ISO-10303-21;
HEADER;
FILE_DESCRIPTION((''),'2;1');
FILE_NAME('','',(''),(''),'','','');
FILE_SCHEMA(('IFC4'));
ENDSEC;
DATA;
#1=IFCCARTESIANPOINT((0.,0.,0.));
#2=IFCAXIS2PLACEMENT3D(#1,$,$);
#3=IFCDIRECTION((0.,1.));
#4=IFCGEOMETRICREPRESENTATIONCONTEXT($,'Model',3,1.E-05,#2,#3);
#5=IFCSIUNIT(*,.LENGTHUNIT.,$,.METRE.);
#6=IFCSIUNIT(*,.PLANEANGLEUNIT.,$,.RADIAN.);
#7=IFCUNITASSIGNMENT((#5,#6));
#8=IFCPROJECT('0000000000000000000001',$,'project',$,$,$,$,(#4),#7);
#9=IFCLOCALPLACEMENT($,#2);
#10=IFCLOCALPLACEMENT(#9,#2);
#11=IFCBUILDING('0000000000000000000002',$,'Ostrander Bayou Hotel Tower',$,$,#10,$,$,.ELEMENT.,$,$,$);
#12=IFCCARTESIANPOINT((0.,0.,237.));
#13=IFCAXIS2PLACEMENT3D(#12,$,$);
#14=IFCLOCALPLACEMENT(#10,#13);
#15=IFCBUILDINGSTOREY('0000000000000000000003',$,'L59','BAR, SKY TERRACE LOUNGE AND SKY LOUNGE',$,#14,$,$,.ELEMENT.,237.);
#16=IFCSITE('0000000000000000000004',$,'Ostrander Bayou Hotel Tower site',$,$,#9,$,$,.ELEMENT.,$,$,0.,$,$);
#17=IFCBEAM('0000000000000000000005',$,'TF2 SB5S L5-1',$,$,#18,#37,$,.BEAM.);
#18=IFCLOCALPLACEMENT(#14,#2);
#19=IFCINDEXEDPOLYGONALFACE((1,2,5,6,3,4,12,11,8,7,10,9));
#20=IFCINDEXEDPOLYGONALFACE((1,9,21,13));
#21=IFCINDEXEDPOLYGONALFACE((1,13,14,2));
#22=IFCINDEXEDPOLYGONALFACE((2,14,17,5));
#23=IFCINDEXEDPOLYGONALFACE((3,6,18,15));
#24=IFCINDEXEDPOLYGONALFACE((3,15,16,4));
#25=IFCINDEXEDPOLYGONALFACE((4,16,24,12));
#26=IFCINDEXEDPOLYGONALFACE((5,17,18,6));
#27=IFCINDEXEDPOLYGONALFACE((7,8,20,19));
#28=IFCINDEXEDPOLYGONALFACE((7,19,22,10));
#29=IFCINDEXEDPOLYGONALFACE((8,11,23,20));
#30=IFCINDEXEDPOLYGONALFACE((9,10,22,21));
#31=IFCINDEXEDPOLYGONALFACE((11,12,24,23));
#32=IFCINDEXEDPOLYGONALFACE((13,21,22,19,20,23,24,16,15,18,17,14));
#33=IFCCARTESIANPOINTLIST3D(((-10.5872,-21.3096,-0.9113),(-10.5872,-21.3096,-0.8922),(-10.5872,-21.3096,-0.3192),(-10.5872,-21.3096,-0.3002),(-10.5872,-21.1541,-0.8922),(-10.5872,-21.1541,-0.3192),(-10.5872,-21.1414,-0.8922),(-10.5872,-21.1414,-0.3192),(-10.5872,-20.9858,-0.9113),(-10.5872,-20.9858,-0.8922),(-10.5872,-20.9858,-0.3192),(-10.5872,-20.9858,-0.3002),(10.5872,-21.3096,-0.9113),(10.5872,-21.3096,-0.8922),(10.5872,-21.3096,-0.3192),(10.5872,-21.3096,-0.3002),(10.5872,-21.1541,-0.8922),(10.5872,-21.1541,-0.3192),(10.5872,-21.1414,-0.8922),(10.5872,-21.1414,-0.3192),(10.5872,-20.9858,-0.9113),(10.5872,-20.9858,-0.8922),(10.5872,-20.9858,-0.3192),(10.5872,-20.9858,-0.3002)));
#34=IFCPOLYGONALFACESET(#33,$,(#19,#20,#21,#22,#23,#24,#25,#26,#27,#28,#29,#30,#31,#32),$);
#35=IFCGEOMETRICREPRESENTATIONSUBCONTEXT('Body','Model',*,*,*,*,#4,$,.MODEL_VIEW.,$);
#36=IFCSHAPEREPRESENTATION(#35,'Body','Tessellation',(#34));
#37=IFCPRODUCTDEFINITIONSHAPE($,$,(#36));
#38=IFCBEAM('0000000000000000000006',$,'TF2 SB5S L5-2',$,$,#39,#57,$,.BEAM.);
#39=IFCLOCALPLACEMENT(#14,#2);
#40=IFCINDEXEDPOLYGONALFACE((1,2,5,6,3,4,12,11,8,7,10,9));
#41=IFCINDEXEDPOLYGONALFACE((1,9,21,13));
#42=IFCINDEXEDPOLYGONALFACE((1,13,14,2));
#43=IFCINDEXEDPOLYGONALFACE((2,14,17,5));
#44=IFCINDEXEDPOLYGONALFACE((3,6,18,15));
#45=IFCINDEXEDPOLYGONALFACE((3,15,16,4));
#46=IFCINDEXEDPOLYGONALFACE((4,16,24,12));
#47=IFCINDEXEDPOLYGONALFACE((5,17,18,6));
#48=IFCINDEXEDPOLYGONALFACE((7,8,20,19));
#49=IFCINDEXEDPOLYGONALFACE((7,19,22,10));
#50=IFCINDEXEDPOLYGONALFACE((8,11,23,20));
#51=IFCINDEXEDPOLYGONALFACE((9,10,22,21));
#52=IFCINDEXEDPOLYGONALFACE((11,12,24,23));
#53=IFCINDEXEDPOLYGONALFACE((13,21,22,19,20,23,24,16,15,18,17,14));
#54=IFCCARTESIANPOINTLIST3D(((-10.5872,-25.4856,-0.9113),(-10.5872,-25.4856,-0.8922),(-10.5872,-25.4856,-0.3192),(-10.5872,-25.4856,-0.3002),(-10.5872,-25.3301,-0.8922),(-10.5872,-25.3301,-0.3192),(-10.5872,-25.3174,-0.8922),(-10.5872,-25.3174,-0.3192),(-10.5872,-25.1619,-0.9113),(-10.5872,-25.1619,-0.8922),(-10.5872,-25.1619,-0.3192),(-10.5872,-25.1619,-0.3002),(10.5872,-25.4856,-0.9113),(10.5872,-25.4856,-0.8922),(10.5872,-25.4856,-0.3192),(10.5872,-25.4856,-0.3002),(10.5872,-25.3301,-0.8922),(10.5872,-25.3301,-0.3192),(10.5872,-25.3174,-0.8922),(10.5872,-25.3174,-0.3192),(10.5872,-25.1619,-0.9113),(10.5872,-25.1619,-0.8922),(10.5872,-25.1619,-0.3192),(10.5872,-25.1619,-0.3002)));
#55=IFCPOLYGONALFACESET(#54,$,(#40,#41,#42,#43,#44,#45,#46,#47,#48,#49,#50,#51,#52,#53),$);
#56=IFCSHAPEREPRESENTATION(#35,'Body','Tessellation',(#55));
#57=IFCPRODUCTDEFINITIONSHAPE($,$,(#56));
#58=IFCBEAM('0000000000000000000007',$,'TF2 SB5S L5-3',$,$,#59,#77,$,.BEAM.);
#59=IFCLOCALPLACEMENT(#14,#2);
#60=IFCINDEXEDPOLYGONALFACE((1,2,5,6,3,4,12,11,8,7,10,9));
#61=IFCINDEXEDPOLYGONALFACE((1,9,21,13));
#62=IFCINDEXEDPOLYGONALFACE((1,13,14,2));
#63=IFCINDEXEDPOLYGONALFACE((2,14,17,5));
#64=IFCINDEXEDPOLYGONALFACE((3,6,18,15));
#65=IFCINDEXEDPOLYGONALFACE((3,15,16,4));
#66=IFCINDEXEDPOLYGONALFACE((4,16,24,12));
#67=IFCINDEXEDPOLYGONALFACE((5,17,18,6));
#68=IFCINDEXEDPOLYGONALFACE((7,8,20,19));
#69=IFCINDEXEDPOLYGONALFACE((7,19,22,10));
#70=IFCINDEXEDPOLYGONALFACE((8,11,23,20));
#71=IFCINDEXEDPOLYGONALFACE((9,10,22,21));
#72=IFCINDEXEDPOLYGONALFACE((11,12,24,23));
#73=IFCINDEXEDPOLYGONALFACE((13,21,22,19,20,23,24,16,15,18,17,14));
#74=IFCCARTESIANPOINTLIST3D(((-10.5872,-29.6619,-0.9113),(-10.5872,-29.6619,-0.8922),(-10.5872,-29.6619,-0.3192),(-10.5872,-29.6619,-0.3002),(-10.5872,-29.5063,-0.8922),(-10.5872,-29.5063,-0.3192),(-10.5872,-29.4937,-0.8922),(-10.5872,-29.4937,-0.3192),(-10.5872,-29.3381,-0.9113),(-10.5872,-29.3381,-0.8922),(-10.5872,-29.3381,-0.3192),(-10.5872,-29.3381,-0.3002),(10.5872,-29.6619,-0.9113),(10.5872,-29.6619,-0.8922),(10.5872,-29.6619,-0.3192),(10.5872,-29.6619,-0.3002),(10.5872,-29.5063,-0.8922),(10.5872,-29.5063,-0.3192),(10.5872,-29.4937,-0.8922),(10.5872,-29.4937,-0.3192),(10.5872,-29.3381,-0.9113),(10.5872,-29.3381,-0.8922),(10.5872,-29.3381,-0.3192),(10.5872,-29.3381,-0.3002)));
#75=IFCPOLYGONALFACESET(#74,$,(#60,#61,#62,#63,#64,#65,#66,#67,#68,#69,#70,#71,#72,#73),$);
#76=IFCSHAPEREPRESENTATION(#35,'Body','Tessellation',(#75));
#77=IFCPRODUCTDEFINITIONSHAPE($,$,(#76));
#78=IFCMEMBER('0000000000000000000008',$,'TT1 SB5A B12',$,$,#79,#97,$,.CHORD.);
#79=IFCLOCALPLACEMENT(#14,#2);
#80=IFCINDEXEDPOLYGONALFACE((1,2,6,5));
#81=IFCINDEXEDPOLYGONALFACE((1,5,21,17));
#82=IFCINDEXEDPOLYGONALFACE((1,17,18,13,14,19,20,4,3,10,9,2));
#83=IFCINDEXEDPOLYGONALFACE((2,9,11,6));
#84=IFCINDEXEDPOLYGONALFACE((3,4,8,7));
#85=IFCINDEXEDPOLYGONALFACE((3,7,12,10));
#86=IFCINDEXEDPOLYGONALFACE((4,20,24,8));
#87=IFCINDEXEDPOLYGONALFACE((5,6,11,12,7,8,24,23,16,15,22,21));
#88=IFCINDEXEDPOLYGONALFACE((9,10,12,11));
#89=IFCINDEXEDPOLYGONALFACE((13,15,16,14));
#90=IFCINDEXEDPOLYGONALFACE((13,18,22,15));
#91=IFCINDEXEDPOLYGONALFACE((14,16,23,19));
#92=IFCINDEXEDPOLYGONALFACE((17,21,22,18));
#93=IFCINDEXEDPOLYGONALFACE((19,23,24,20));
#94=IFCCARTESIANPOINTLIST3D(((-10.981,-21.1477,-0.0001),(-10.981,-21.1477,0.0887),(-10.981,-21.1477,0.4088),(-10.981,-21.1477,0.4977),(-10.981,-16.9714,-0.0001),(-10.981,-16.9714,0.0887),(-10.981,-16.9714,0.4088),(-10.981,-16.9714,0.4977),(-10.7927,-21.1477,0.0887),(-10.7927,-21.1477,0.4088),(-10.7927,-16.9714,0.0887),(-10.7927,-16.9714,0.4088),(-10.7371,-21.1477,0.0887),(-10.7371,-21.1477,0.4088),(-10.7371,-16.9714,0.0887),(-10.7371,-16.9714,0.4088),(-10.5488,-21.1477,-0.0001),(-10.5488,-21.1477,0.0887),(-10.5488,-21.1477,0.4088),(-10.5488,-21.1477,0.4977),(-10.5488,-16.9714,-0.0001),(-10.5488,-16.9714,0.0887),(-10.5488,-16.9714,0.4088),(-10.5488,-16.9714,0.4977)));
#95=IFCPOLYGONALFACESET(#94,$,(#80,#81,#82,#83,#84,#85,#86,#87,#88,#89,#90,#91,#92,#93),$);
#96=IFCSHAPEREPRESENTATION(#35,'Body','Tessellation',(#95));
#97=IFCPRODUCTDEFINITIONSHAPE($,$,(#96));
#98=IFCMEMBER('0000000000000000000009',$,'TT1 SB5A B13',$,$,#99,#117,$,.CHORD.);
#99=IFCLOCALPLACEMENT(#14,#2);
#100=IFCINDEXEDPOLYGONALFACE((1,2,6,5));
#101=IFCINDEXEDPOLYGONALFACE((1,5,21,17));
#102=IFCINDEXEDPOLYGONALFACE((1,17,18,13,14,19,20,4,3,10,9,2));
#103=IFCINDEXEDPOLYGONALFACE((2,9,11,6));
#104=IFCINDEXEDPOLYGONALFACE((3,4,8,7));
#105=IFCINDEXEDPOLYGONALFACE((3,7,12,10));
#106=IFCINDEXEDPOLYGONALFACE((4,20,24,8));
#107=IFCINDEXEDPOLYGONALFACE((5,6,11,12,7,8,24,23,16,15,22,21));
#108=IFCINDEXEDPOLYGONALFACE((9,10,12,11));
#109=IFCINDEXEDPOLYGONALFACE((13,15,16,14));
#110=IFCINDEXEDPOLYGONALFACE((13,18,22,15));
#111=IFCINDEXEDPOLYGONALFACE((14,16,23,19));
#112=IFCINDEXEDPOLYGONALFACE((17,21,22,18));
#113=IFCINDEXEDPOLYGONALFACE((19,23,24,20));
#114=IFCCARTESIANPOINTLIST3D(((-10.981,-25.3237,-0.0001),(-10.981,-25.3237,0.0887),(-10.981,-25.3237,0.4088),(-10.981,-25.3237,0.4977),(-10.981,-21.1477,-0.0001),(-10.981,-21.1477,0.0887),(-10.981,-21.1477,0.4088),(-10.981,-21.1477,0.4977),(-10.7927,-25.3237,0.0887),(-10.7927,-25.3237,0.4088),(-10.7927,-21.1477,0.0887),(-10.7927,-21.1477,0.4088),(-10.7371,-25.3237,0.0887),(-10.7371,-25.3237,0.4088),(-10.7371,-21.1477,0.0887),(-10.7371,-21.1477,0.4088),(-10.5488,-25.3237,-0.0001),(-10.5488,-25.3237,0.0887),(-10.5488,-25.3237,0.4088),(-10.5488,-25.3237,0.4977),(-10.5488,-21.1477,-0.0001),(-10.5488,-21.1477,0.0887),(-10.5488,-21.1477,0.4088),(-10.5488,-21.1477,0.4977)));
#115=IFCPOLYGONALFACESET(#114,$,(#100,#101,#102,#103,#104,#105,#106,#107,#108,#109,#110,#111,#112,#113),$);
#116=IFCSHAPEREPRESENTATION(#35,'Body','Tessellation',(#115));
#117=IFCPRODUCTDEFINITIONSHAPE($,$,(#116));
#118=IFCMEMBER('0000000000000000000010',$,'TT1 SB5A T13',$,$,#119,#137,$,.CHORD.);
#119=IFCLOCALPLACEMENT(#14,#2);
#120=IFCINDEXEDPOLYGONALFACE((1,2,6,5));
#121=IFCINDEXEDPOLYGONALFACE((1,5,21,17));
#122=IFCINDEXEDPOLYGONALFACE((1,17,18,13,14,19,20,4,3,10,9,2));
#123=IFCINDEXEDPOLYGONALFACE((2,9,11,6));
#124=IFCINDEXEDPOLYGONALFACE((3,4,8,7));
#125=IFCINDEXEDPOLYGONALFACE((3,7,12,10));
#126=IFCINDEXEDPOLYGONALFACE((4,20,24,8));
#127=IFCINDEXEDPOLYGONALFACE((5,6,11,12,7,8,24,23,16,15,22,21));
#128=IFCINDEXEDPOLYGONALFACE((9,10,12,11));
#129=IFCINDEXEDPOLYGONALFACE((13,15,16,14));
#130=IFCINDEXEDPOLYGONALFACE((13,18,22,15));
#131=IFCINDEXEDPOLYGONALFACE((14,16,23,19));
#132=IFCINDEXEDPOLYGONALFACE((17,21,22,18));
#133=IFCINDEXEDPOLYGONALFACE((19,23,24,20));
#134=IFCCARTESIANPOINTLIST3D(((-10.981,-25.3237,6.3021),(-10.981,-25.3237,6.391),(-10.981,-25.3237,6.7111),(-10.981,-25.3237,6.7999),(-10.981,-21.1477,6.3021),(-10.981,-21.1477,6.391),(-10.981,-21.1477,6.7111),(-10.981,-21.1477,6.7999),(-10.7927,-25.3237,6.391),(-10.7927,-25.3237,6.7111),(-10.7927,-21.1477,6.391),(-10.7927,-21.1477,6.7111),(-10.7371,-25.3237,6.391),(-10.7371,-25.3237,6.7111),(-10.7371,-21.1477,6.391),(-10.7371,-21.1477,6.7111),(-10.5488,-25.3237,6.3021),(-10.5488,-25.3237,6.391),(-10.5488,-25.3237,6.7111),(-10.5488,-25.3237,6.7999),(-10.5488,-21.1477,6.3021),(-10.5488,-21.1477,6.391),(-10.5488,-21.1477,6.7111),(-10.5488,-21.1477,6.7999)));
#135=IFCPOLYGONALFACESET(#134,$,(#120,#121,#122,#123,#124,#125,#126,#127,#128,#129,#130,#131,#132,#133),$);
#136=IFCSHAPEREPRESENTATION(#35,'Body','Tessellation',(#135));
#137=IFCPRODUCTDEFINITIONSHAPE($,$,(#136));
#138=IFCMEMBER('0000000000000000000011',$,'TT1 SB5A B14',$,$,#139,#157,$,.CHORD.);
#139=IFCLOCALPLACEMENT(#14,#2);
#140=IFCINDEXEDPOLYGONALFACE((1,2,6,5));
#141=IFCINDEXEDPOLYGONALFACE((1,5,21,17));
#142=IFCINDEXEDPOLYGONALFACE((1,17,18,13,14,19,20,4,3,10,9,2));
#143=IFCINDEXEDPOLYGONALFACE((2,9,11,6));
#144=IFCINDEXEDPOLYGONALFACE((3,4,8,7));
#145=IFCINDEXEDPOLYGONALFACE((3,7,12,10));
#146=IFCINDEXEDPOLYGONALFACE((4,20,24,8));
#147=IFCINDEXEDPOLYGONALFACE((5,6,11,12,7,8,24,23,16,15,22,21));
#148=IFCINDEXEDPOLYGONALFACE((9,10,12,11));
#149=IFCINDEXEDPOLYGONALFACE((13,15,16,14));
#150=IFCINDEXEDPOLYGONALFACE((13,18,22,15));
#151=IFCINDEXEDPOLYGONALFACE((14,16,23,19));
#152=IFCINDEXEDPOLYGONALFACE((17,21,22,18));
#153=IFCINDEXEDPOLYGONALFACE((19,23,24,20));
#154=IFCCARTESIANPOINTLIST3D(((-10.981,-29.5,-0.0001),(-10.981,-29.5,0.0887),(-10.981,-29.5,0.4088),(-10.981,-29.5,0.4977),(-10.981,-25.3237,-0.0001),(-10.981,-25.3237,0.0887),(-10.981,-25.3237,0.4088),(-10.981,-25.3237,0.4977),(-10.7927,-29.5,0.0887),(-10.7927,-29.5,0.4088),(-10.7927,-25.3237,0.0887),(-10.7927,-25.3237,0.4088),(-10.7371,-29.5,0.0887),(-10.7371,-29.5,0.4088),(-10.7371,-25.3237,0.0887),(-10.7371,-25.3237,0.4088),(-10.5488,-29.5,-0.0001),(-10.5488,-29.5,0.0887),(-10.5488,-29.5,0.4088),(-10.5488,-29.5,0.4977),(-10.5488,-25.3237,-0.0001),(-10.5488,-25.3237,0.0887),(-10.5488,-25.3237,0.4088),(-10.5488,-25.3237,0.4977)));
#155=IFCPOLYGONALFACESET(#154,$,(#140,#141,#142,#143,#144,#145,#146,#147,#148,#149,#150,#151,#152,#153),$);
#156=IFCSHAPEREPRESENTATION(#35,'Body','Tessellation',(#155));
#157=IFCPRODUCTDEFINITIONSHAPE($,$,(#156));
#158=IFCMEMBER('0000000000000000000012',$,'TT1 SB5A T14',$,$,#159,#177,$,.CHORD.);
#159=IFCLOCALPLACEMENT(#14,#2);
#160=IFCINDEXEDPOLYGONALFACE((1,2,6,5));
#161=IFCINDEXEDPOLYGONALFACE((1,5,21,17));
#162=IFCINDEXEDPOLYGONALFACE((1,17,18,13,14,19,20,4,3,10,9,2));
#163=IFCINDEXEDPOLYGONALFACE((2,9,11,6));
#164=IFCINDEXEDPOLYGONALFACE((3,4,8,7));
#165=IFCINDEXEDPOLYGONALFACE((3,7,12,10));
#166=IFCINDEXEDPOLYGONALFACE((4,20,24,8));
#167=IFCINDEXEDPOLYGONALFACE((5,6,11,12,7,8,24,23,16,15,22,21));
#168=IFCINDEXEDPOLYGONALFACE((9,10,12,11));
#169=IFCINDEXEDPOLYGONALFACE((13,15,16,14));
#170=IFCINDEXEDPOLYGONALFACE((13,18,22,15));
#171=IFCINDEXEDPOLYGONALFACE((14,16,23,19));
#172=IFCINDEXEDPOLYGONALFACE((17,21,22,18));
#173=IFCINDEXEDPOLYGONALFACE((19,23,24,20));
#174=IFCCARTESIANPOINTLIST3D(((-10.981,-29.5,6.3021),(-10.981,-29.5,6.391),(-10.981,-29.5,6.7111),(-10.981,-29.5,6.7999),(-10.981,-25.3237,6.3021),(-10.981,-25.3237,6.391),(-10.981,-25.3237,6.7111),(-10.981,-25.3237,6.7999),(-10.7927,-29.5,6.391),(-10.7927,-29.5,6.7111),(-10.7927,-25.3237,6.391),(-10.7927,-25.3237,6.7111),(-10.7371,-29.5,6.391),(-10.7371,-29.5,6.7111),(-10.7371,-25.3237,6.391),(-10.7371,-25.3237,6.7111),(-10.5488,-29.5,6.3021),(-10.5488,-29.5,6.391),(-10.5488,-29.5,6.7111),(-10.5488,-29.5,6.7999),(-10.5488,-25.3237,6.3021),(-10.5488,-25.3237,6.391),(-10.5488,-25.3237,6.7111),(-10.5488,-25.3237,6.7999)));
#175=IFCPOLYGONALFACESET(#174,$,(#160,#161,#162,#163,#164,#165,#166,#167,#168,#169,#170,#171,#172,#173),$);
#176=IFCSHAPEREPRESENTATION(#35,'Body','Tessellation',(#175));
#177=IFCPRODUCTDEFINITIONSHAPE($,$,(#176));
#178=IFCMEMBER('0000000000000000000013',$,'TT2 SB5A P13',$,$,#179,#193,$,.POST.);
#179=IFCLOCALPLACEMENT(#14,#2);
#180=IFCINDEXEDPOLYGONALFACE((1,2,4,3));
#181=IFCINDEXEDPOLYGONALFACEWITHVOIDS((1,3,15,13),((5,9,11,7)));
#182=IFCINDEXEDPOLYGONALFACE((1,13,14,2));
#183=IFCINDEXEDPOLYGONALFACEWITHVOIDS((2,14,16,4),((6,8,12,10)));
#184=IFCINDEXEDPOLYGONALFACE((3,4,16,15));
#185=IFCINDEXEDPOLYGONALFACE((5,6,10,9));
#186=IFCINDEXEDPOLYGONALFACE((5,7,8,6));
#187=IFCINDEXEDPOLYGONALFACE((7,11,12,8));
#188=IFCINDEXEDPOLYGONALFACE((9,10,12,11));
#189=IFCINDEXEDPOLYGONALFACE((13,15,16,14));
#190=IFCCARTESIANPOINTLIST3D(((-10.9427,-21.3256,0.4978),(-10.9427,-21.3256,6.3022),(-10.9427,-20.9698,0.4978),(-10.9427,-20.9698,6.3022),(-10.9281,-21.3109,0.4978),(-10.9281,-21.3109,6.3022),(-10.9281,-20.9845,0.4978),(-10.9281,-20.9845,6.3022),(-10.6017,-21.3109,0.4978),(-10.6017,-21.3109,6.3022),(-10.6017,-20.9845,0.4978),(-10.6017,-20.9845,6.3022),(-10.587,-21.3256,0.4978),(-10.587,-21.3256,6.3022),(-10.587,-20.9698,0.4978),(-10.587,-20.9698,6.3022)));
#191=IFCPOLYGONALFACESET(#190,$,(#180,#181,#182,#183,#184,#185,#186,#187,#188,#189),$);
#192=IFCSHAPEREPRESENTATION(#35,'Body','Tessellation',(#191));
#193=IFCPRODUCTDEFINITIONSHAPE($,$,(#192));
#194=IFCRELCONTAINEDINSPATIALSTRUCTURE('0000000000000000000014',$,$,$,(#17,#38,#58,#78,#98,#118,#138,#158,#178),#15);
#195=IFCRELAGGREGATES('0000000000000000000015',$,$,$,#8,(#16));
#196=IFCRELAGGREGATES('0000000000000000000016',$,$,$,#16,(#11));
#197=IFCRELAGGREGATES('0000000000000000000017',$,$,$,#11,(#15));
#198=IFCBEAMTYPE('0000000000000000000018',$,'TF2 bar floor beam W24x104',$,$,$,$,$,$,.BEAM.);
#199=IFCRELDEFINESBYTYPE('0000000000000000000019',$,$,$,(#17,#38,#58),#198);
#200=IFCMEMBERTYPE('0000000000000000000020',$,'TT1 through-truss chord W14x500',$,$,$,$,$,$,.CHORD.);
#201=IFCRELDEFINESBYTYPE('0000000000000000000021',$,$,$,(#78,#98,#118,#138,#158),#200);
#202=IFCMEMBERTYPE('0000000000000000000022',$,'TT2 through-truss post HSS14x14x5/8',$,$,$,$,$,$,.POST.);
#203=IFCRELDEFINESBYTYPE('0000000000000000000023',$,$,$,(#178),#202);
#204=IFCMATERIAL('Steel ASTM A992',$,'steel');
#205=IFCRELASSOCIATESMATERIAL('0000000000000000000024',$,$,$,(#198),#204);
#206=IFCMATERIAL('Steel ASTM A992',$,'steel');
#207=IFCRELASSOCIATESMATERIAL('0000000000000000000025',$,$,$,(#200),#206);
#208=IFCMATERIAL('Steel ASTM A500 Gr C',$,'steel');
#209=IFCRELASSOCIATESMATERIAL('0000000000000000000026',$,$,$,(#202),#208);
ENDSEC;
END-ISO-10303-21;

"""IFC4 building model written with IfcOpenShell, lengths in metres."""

from ifc_helpers import new_model, si_unit, direction, frame, origin, origin_2d, place, context, subcontext, project, spatial, hollow_rectangle, i_section, extrude, material, material_profile, profile_set, type_object, element, save


model = new_model("IFC4")

# Units and contexts
model_context = context("Model", 3, precision=1e-05, world=origin(), true_north=direction((0.0, 1.0)))
body_context = subcontext(model_context, "Body", "Model", "MODEL_VIEW")
ifc_project = project(units=[si_unit("LENGTHUNIT", "METRE"), si_unit("PLANEANGLEUNIT", "RADIAN")], contexts=[model_context])

# Site, building, storey
site_placement = place(None, origin())
site = spatial("IfcSite", under=ifc_project, at=site_placement, Name="Ostrander Bayou Hotel Tower site", CompositionType="ELEMENT", RefElevation=0.0)
building_placement = place(site_placement, origin())
building = spatial("IfcBuilding", under=site, at=building_placement, Name="Ostrander Bayou Hotel Tower", CompositionType="ELEMENT")
storey_placement = place(building_placement, frame((0.0, 0.0, 237.0)))
storey = spatial("IfcBuildingStorey", under=building, at=storey_placement, Name="L59", Description="BAR, SKY TERRACE LOUNGE AND SKY LOUNGE", CompositionType="ELEMENT", Elevation=237.0)

# Beams
ifc_material_1 = material(Name="Steel ASTM A992", Category="steel")
ifc_material_profile_1 = material_profile(ifc_material_1, i_section(OverallWidth=0.3237, OverallDepth=0.6111, WebThickness=0.0127, FlangeThickness=0.019, at=origin_2d()))
ifc_profile_set_1 = profile_set([ifc_material_profile_1], Name="Steel ASTM A992")
beam_type = type_object("IfcBeamType", Name="TF2 bar floor beam W24x104", PredefinedType="BEAM", material=ifc_profile_set_1)
for number, where, z_axis, x_axis, name in (
    (1, (-10.5872, -21.1477, -0.6057), (1.0, 0.0, 0.0), (0.0, 1.0, 0.0), "TF2 SB5S L5-1"),
    (2, (-10.5872, -25.3237, -0.6057), (1.0, 0.0, 0.0), (0.0, 1.0, 0.0), "TF2 SB5S L5-2"),
    (3, (-10.5872, -29.5, -0.6057), (1.0, 0.0, 0.0), (0.0, 1.0, 0.0), "TF2 SB5S L5-3"),
):
    element("IfcBeam", number, at=place(storey_placement, frame(where, z_axis=z_axis, x_axis=x_axis)), inside=storey, type_object=beam_type, Name=name, PredefinedType="BEAM", context=body_context, shape_type="SweptSolid", body=[
        extrude(i_section(OverallWidth=0.3237, OverallDepth=0.6111, WebThickness=0.0127, FlangeThickness=0.019, at=origin_2d()), origin(), (0.0, 0.0, 1.0), 21.1743),
    ])

# Members
ifc_material_2 = material(Name="Steel ASTM A992", Category="steel")
ifc_material_profile_2 = material_profile(ifc_material_2, i_section(OverallWidth=0.4321, OverallDepth=0.4978, WebThickness=0.0557, FlangeThickness=0.0889, at=origin_2d()))
ifc_profile_set_2 = profile_set([ifc_material_profile_2], Name="Steel ASTM A992")
member_type_1 = type_object("IfcMemberType", Name="TT1 through-truss chord W14x500", PredefinedType="CHORD", material=ifc_profile_set_2)
member_placement = place(storey_placement, frame((-10.7649, -16.9714, 0.2488), z_axis=(0.0, -1.0, 0.0), x_axis=(1.0, 0.0, 0.0)))
element("IfcMember", 4, at=member_placement, inside=storey, type_object=member_type_1, Name="TT1 SB5A B12", PredefinedType="CHORD", context=body_context, shape_type="SweptSolid", body=[
    extrude(i_section(OverallWidth=0.4321, OverallDepth=0.4978, WebThickness=0.0557, FlangeThickness=0.0889, at=origin_2d()), origin(), (0.0, 0.0, 1.0), 4.1763),
])
for number, where, z_axis, x_axis, name in (
    (5, (-10.7649, -21.1477, 0.2488), (0.0, -1.0, 0.0), (1.0, 0.0, 0.0), "TT1 SB5A B13"),
    (6, (-10.7649, -21.1477, 6.551), (0.0, -1.0, 0.0), (1.0, 0.0, 0.0), "TT1 SB5A T13"),
):
    element("IfcMember", number, at=place(storey_placement, frame(where, z_axis=z_axis, x_axis=x_axis)), inside=storey, type_object=member_type_1, Name=name, PredefinedType="CHORD", context=body_context, shape_type="SweptSolid", body=[
        extrude(i_section(OverallWidth=0.4321, OverallDepth=0.4978, WebThickness=0.0557, FlangeThickness=0.0889, at=origin_2d()), origin(), (0.0, 0.0, 1.0), 4.176),
    ])
for number, where, z_axis, x_axis, name in (
    (7, (-10.7649, -25.3237, 0.2488), (0.0, -1.0, 0.0), (1.0, 0.0, 0.0), "TT1 SB5A B14"),
    (8, (-10.7649, -25.3237, 6.551), (0.0, -1.0, 0.0), (1.0, 0.0, 0.0), "TT1 SB5A T14"),
):
    element("IfcMember", number, at=place(storey_placement, frame(where, z_axis=z_axis, x_axis=x_axis)), inside=storey, type_object=member_type_1, Name=name, PredefinedType="CHORD", context=body_context, shape_type="SweptSolid", body=[
        extrude(i_section(OverallWidth=0.4321, OverallDepth=0.4978, WebThickness=0.0557, FlangeThickness=0.0889, at=origin_2d()), origin(), (0.0, 0.0, 1.0), 4.1763),
    ])
ifc_material_3 = material(Name="Steel ASTM A500 Gr C", Category="steel")
ifc_material_profile_3 = material_profile(ifc_material_3, hollow_rectangle(XDim=0.3557, YDim=0.3557, WallThickness=0.0146, at=origin_2d()))
ifc_profile_set_3 = profile_set([ifc_material_profile_3], Name="Steel ASTM A500 Gr C")
member_type_2 = type_object("IfcMemberType", Name="TT2 through-truss post HSS14x14x5/8", PredefinedType="POST", material=ifc_profile_set_3)
for number, where, z_axis, x_axis, name in (
    (9, (-10.7649, -21.1477, 0.4978), (0.0, 0.0, 1.0), (1.0, 0.0, 0.0), "TT2 SB5A P13"),
):
    element("IfcMember", number, at=place(storey_placement, frame(where, z_axis=z_axis, x_axis=x_axis)), inside=storey, type_object=member_type_2, Name=name, PredefinedType="POST", context=body_context, shape_type="SweptSolid", body=[
        extrude(hollow_rectangle(XDim=0.3557, YDim=0.3557, WallThickness=0.0146, at=origin_2d()), origin(), (0.0, 0.0, 1.0), 5.8044),
    ])

save(model, "model.ifc")
